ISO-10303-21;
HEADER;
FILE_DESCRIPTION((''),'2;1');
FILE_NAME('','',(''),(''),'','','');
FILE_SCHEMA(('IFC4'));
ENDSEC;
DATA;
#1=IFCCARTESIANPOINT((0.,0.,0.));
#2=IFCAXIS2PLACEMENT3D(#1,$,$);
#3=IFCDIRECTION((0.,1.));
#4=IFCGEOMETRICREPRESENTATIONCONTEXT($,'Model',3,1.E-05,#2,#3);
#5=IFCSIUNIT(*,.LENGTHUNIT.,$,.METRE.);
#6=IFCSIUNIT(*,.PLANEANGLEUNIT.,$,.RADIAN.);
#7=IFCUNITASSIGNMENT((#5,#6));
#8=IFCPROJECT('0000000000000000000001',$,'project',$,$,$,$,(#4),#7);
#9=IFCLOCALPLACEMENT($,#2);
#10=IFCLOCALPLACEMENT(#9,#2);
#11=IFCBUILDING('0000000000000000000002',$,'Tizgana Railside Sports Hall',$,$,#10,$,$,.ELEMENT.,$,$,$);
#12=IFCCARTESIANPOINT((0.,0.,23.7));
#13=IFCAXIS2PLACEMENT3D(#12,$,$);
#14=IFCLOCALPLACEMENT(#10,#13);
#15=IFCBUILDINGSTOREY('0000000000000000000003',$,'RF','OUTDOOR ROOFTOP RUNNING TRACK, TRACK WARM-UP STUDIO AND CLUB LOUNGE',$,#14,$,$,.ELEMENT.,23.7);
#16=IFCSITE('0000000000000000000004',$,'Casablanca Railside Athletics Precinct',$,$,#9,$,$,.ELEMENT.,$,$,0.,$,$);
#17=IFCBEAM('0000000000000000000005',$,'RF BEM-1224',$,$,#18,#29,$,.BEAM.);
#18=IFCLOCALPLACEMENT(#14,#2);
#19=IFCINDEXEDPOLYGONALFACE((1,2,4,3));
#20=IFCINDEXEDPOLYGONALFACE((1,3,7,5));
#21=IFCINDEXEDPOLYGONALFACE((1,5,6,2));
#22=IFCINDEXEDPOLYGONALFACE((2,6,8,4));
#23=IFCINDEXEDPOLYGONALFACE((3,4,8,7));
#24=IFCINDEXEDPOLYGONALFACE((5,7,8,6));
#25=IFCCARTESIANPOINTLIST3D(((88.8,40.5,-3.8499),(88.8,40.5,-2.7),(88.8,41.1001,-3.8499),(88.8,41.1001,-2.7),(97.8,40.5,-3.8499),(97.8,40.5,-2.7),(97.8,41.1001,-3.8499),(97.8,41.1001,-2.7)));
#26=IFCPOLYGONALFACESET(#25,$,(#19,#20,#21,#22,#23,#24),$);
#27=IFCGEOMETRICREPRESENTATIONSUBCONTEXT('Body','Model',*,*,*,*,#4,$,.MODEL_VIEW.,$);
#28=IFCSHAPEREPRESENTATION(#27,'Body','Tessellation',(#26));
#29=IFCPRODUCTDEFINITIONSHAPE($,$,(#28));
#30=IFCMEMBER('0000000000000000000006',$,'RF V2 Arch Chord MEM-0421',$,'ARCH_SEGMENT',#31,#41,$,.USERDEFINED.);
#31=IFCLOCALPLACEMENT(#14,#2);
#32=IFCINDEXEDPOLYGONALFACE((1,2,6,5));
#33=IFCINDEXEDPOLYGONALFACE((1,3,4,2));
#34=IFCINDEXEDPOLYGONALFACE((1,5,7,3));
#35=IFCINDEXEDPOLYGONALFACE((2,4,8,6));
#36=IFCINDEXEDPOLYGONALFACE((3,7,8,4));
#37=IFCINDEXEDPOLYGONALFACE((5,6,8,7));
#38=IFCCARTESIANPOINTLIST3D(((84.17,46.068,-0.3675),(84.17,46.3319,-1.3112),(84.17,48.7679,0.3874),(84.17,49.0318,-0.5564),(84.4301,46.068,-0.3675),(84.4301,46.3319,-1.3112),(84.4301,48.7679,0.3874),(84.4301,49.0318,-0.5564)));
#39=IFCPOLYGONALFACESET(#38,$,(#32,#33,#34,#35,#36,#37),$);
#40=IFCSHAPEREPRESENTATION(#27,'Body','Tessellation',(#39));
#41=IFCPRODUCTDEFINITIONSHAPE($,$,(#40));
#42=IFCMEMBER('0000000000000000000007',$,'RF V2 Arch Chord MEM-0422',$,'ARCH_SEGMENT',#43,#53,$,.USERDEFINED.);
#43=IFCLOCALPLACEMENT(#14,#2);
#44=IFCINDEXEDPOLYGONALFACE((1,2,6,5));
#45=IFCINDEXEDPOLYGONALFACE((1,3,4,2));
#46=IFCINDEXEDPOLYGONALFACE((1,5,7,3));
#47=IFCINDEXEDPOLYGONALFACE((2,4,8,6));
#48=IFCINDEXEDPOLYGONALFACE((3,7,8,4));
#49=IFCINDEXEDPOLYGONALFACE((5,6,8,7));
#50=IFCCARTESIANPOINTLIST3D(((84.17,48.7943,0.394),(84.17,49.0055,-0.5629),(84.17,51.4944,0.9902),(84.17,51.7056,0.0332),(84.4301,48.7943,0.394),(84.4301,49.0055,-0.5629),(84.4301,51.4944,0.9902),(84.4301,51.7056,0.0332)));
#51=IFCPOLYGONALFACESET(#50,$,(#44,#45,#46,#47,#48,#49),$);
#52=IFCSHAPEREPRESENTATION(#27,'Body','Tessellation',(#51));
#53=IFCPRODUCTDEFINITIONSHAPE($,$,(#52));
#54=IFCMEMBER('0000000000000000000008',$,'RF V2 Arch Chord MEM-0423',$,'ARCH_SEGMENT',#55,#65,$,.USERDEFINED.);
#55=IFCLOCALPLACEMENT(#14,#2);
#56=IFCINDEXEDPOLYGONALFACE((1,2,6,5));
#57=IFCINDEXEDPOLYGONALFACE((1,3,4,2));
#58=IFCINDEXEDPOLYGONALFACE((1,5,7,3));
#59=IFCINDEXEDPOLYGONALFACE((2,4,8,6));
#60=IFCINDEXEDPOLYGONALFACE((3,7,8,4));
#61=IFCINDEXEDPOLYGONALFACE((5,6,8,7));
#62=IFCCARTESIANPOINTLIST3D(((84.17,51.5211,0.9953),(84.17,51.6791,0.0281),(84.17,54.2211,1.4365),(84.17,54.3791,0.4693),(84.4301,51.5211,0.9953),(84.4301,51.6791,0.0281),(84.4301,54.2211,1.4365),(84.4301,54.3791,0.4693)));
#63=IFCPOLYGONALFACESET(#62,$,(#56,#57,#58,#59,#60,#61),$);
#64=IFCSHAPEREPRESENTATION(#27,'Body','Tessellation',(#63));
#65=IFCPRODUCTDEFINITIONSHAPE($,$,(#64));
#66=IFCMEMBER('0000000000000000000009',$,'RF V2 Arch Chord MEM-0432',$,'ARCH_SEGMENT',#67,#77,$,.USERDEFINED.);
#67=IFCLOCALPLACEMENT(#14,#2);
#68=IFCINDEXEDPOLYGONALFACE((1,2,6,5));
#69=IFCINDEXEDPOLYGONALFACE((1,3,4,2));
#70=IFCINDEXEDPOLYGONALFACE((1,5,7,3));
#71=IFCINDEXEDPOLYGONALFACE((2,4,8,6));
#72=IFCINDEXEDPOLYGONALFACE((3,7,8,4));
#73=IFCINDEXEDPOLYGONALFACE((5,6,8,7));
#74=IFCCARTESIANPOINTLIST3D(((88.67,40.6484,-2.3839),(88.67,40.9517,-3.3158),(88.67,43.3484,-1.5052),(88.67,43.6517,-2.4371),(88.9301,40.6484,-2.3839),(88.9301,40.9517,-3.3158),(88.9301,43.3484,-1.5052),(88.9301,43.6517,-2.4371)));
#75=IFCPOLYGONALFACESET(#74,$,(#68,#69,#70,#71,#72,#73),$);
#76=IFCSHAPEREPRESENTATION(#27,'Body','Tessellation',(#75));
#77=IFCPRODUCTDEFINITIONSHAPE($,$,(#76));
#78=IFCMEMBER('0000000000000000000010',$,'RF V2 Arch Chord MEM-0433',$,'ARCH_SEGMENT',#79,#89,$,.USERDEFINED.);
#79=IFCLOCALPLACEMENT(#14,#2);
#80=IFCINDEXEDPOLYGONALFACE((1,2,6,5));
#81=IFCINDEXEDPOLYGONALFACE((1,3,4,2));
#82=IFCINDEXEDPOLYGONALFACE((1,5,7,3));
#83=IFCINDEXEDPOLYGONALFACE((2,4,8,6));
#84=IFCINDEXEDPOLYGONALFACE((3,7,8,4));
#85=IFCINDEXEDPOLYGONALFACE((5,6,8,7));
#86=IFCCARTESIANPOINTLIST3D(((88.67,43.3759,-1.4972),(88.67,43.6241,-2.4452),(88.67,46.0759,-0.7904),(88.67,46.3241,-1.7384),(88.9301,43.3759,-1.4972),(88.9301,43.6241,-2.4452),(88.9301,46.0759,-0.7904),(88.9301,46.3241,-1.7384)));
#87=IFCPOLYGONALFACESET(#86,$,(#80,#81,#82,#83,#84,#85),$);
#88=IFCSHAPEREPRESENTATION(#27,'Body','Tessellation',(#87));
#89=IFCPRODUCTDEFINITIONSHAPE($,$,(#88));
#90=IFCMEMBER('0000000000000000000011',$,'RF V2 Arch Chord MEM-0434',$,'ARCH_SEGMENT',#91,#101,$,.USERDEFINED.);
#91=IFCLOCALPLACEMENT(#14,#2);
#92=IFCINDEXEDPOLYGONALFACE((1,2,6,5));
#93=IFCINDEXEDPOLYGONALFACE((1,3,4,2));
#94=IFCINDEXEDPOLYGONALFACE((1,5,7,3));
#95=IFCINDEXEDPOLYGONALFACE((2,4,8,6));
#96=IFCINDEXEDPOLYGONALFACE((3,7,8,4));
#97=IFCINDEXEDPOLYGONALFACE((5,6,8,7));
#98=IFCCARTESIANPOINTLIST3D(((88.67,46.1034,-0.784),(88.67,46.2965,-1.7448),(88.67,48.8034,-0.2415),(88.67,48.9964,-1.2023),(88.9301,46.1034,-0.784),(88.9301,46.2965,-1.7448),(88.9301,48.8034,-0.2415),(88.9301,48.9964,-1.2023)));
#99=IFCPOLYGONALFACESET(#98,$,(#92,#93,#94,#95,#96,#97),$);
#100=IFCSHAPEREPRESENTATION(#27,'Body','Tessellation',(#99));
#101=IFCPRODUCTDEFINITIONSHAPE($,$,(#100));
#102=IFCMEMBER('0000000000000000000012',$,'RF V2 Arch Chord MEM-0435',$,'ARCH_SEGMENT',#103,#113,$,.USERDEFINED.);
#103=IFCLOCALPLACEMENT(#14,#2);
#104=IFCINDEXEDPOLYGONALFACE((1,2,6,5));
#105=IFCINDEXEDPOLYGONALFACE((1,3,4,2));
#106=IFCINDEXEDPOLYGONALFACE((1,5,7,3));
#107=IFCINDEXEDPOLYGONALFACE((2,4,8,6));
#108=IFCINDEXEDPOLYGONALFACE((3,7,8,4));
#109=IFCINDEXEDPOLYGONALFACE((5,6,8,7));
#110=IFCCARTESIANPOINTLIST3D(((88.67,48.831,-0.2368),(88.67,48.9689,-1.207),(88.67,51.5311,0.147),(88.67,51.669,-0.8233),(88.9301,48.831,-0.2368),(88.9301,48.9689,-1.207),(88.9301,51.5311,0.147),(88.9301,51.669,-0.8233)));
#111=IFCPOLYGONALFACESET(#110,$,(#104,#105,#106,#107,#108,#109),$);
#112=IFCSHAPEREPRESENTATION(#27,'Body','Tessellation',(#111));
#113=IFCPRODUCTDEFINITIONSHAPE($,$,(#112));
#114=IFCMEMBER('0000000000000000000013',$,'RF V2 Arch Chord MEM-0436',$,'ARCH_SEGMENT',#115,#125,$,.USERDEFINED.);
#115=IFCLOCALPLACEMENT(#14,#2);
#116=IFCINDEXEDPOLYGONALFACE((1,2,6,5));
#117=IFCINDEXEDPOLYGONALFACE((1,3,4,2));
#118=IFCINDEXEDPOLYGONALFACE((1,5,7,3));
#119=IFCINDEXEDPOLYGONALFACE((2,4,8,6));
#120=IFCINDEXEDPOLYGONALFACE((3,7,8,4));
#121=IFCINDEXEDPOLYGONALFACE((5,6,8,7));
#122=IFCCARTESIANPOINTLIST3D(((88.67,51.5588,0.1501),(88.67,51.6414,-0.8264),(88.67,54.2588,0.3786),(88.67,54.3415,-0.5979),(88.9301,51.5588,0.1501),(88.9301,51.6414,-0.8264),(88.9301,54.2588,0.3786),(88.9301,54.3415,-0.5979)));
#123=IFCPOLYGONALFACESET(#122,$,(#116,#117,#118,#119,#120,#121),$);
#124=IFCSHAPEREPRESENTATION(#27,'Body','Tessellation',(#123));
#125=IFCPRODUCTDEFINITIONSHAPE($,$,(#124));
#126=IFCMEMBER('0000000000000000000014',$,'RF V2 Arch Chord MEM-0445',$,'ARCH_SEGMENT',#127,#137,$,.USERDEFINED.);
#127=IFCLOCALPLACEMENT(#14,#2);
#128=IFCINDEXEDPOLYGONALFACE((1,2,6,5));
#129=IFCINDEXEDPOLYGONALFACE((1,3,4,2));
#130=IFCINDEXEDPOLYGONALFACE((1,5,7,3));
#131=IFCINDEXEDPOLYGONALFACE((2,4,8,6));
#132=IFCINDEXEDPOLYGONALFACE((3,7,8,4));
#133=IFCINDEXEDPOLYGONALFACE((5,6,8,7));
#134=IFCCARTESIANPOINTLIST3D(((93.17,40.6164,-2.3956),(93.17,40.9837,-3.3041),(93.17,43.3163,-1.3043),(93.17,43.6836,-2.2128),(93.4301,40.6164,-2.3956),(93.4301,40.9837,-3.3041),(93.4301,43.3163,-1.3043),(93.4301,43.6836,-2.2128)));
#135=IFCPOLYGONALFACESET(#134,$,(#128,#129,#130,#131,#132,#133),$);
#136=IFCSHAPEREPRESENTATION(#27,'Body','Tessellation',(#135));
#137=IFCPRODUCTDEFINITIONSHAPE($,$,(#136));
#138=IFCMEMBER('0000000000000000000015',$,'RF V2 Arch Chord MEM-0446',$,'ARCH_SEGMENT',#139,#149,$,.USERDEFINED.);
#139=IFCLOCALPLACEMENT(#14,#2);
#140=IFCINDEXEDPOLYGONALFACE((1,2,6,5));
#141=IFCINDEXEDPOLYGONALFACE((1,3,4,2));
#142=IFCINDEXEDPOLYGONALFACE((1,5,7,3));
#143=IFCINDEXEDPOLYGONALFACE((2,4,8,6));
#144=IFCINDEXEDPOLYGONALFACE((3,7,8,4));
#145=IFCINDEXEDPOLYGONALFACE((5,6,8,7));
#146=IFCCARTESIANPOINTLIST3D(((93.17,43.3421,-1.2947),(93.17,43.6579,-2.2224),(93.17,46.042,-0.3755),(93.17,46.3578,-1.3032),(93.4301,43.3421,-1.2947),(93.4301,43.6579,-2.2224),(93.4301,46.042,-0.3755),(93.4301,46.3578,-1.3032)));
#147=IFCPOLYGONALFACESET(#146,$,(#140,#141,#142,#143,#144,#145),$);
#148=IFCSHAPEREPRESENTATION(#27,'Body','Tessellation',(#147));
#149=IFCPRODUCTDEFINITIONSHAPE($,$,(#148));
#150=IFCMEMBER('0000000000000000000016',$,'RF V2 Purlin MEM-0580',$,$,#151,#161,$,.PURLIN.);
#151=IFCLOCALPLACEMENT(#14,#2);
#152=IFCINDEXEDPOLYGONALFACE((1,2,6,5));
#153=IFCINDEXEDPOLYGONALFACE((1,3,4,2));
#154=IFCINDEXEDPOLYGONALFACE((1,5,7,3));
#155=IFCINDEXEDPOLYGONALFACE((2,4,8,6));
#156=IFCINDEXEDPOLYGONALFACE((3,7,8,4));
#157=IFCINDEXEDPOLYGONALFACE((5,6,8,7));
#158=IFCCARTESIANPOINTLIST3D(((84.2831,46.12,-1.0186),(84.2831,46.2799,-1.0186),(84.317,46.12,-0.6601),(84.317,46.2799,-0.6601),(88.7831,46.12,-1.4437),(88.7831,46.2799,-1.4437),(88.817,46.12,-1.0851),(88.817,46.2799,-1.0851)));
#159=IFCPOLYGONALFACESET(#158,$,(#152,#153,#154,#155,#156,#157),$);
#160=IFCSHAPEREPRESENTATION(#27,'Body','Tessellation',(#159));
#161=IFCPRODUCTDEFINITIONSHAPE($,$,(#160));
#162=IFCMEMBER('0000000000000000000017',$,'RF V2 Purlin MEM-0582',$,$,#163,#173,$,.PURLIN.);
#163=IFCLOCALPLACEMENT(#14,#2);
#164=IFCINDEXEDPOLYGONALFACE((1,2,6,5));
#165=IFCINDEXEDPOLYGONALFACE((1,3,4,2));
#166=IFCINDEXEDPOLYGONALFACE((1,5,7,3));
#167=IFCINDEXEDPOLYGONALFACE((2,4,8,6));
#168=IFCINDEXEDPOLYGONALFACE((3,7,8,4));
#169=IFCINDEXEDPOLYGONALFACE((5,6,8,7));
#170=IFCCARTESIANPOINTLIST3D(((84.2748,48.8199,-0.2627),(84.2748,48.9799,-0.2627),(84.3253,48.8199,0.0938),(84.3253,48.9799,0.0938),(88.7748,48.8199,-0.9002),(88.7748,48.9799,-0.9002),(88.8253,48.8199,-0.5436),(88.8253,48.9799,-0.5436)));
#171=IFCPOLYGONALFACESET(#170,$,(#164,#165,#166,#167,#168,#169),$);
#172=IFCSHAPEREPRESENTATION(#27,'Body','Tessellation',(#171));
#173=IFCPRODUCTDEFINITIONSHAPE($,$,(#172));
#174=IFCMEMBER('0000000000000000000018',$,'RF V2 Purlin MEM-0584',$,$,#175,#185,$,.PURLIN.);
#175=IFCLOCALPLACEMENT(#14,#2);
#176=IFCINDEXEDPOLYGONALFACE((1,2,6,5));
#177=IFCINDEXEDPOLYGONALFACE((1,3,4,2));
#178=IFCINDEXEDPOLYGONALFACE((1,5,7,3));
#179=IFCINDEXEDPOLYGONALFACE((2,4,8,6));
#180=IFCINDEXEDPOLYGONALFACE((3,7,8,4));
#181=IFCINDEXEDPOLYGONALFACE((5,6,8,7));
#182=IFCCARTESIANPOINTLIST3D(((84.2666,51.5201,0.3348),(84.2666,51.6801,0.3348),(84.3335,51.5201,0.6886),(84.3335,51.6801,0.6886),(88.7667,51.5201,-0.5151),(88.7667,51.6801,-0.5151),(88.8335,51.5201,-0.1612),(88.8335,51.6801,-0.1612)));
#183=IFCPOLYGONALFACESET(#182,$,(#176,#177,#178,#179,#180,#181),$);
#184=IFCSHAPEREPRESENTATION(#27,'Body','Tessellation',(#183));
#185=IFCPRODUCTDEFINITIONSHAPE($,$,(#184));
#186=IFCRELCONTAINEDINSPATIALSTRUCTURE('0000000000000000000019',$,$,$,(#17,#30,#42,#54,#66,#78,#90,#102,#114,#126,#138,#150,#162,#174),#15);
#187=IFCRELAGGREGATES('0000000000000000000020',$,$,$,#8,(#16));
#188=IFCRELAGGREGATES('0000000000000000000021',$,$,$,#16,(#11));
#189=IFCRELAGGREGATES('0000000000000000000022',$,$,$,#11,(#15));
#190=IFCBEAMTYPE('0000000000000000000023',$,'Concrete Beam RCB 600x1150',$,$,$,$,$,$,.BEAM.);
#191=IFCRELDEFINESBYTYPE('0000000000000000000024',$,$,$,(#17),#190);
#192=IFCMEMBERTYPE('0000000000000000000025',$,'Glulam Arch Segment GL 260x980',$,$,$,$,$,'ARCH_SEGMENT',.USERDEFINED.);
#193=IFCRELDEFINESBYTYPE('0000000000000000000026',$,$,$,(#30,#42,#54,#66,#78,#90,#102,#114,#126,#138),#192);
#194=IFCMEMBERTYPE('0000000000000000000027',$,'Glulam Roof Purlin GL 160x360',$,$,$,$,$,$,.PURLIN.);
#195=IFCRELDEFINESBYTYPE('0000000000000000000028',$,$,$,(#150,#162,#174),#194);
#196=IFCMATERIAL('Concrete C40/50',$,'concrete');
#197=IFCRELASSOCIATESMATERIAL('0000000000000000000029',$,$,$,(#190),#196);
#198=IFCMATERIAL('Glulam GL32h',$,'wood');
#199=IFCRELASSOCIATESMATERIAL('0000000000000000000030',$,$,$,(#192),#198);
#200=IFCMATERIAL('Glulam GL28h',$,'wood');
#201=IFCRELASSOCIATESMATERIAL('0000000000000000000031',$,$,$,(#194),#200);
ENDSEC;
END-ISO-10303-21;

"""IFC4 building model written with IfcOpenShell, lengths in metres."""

from ifc_helpers import new_model, si_unit, direction, frame, origin, origin_2d, place, context, subcontext, project, spatial, rectangle, extrude, material, material_profile, profile_set, type_object, element, save


model = new_model("IFC4")

# Units and contexts
model_context = context("Model", 3, precision=1e-05, world=origin(), true_north=direction((0.0, 1.0)))
body_context = subcontext(model_context, "Body", "Model", "MODEL_VIEW")
ifc_project = project(units=[si_unit("LENGTHUNIT", "METRE"), si_unit("PLANEANGLEUNIT", "RADIAN")], contexts=[model_context])

# Site, building, storey
site_placement = place(None, origin())
site = spatial("IfcSite", under=ifc_project, at=site_placement, Name="Casablanca Railside Athletics Precinct", CompositionType="ELEMENT", RefElevation=0.0)
building_placement = place(site_placement, origin())
building = spatial("IfcBuilding", under=site, at=building_placement, Name="Tizgana Railside Sports Hall", CompositionType="ELEMENT")
storey_placement = place(building_placement, frame((0.0, 0.0, 23.7)))
storey = spatial("IfcBuildingStorey", under=building, at=storey_placement, Name="RF", Description="OUTDOOR ROOFTOP RUNNING TRACK, TRACK WARM-UP STUDIO AND CLUB LOUNGE", CompositionType="ELEMENT", Elevation=23.7)

# Beam
ifc_material_1 = material(Name="Concrete C40/50", Category="concrete")
ifc_material_profile_1 = material_profile(ifc_material_1, rectangle(XDim=0.6001, YDim=1.1499, at=origin_2d()), Name="RCB 600x1150")
ifc_profile_set_1 = profile_set([ifc_material_profile_1], Name="Concrete C40/50")
beam_type = type_object("IfcBeamType", Name="Concrete Beam RCB 600x1150", PredefinedType="BEAM", material=ifc_profile_set_1)
beam_placement = place(storey_placement, frame((88.8, 40.8, -3.2749), z_axis=(1.0, 0.0, 0.0), x_axis=(0.0, 1.0, 0.0)))
element("IfcBeam", 1, at=beam_placement, inside=storey, type_object=beam_type, Name="RF BEM-1224", PredefinedType="BEAM", context=body_context, shape_type="SweptSolid", body=[
    extrude(rectangle(XDim=0.6001, YDim=1.1499, at=origin_2d()), origin(), (0.0, 0.0, 1.0), 9.0),
])

# Members
ifc_material_2 = material(Name="Glulam GL32h", Category="wood")
ifc_material_profile_2 = material_profile(ifc_material_2, rectangle(XDim=0.26, YDim=0.98, at=origin_2d()), Name="GL 260x980")
ifc_profile_set_2 = profile_set([ifc_material_profile_2], Name="Glulam GL32h")
member_type_1 = type_object("IfcMemberType", Name="Glulam Arch Segment GL 260x980", ElementType="ARCH_SEGMENT", PredefinedType="USERDEFINED", material=ifc_profile_set_2)
member_1_placement = place(storey_placement, frame((84.3, 46.2, -0.8394), z_axis=(0.0, 0.963066, 0.269265), x_axis=(-1.0, 0.0, 0.0)))
element("IfcMember", 2, at=member_1_placement, inside=storey, type_object=member_type_1, Name="RF V2 Arch Chord MEM-0421", ObjectType="ARCH_SEGMENT", PredefinedType="USERDEFINED", context=body_context, shape_type="SweptSolid", body=[
    extrude(rectangle(XDim=0.26, YDim=0.98, at=origin_2d()), origin(), (0.0, 0.0, 1.0), 2.8035),
])
member_2_placement = place(storey_placement, frame((84.3, 48.8999, -0.0845), z_axis=(0.0, 0.976481, 0.215603), x_axis=(-1.0, 0.0, 0.0)))
element("IfcMember", 3, at=member_2_placement, inside=storey, type_object=member_type_1, Name="RF V2 Arch Chord MEM-0422", ObjectType="ARCH_SEGMENT", PredefinedType="USERDEFINED", context=body_context, shape_type="SweptSolid", body=[
    extrude(rectangle(XDim=0.26, YDim=0.98, at=origin_2d()), origin(), (0.0, 0.0, 1.0), 2.7651),
])
member_3_placement = place(storey_placement, frame((84.3, 51.6001, 0.5117), z_axis=(0.0, 0.986912, 0.161258), x_axis=(-1.0, 0.0, 0.0)))
element("IfcMember", 4, at=member_3_placement, inside=storey, type_object=member_type_1, Name="RF V2 Arch Chord MEM-0423", ObjectType="ARCH_SEGMENT", PredefinedType="USERDEFINED", context=body_context, shape_type="SweptSolid", body=[
    extrude(rectangle(XDim=0.26, YDim=0.98, at=origin_2d()), origin(), (0.0, 0.0, 1.0), 2.7358),
])
member_4_placement = place(storey_placement, frame((88.8, 40.8, -2.8499), z_axis=(0.0, 0.950912, 0.309461), x_axis=(-1.0, 0.0, 0.0)))
element("IfcMember", 5, at=member_4_placement, inside=storey, type_object=member_type_1, Name="RF V2 Arch Chord MEM-0432", ObjectType="ARCH_SEGMENT", PredefinedType="USERDEFINED", context=body_context, shape_type="SweptSolid", body=[
    extrude(rectangle(XDim=0.26, YDim=0.98, at=origin_2d()), origin(), (0.0, 0.0, 1.0), 2.8394),
])
member_5_placement = place(storey_placement, frame((88.8, 43.5, -1.9712), z_axis=(0.0, 0.967402, 0.253244), x_axis=(-1.0, 0.0, 0.0)))
element("IfcMember", 6, at=member_5_placement, inside=storey, type_object=member_type_1, Name="RF V2 Arch Chord MEM-0433", ObjectType="ARCH_SEGMENT", PredefinedType="USERDEFINED", context=body_context, shape_type="SweptSolid", body=[
    extrude(rectangle(XDim=0.26, YDim=0.98, at=origin_2d()), origin(), (0.0, 0.0, 1.0), 2.791),
])
member_6_placement = place(storey_placement, frame((88.8, 46.2, -1.2644), z_axis=(0.0, 0.980406, 0.196986), x_axis=(-1.0, 0.0, 0.0)))
element("IfcMember", 7, at=member_6_placement, inside=storey, type_object=member_type_1, Name="RF V2 Arch Chord MEM-0434", ObjectType="ARCH_SEGMENT", PredefinedType="USERDEFINED", context=body_context, shape_type="SweptSolid", body=[
    extrude(rectangle(XDim=0.26, YDim=0.98, at=origin_2d()), origin(), (0.0, 0.0, 1.0), 2.7539),
])
member_7_placement = place(storey_placement, frame((88.8, 48.8999, -0.7219), z_axis=(0.0, 0.99005, 0.14072), x_axis=(-1.0, 0.0, 0.0)))
element("IfcMember", 8, at=member_7_placement, inside=storey, type_object=member_type_1, Name="RF V2 Arch Chord MEM-0435", ObjectType="ARCH_SEGMENT", PredefinedType="USERDEFINED", context=body_context, shape_type="SweptSolid", body=[
    extrude(rectangle(XDim=0.26, YDim=0.98, at=origin_2d()), origin(), (0.0, 0.0, 1.0), 2.7273),
])
member_8_placement = place(storey_placement, frame((88.8, 51.6001, -0.3381), z_axis=(0.0, 0.996437, 0.084335), x_axis=(-1.0, 0.0, 0.0)))
element("IfcMember", 9, at=member_8_placement, inside=storey, type_object=member_type_1, Name="RF V2 Arch Chord MEM-0436", ObjectType="ARCH_SEGMENT", PredefinedType="USERDEFINED", context=body_context, shape_type="SweptSolid", body=[
    extrude(rectangle(XDim=0.26, YDim=0.98, at=origin_2d()), origin(), (0.0, 0.0, 1.0), 2.7097),
])
member_9_placement = place(storey_placement, frame((93.3, 40.8, -2.8499), z_axis=(0.0, 0.927129, 0.374742), x_axis=(-1.0, 0.0, 0.0)))
element("IfcMember", 10, at=member_9_placement, inside=storey, type_object=member_type_1, Name="RF V2 Arch Chord MEM-0445", ObjectType="ARCH_SEGMENT", PredefinedType="USERDEFINED", context=body_context, shape_type="SweptSolid", body=[
    extrude(rectangle(XDim=0.26, YDim=0.98, at=origin_2d()), origin(), (0.0, 0.0, 1.0), 2.9121),
])
member_10_placement = place(storey_placement, frame((93.3, 43.5, -1.7585), z_axis=(0.0, 0.946644, 0.322282), x_axis=(-1.0, 0.0, 0.0)))
element("IfcMember", 11, at=member_10_placement, inside=storey, type_object=member_type_1, Name="RF V2 Arch Chord MEM-0446", ObjectType="ARCH_SEGMENT", PredefinedType="USERDEFINED", context=body_context, shape_type="SweptSolid", body=[
    extrude(rectangle(XDim=0.26, YDim=0.98, at=origin_2d()), origin(), (0.0, 0.0, 1.0), 2.8521),
])
ifc_material_3 = material(Name="Glulam GL28h", Category="wood")
ifc_material_profile_3 = material_profile(ifc_material_3, rectangle(XDim=0.1599, YDim=0.3601, at=origin_2d()), Name="GL 160x360")
ifc_profile_set_3 = profile_set([ifc_material_profile_3], Name="Glulam GL28h")
member_type_2 = type_object("IfcMemberType", Name="Glulam Roof Purlin GL 160x360", PredefinedType="PURLIN", material=ifc_profile_set_3)
member_11_placement = place(storey_placement, frame((84.3, 46.2, -0.8394), z_axis=(0.995569, 0.0, -0.094037), x_axis=(0.0, 1.0, 0.0)))
element("IfcMember", 12, at=member_11_placement, inside=storey, type_object=member_type_2, Name="RF V2 Purlin MEM-0580", PredefinedType="PURLIN", context=body_context, shape_type="SweptSolid", body=[
    extrude(rectangle(XDim=0.1599, YDim=0.3601, at=origin_2d()), origin(), (0.0, 0.0, 1.0), 4.52),
])
member_12_placement = place(storey_placement, frame((84.3, 48.8999, -0.0845), z_axis=(0.990115, 0.0, -0.140256), x_axis=(0.0, 1.0, 0.0)))
element("IfcMember", 13, at=member_12_placement, inside=storey, type_object=member_type_2, Name="RF V2 Purlin MEM-0582", PredefinedType="PURLIN", context=body_context, shape_type="SweptSolid", body=[
    extrude(rectangle(XDim=0.1599, YDim=0.3601, at=origin_2d()), origin(), (0.0, 0.0, 1.0), 4.5449),
])
member_13_placement = place(storey_placement, frame((84.3, 51.6001, 0.5117), z_axis=(0.98263, 0.0, -0.185576), x_axis=(0.0, 1.0, 0.0)))
element("IfcMember", 14, at=member_13_placement, inside=storey, type_object=member_type_2, Name="RF V2 Purlin MEM-0584", PredefinedType="PURLIN", context=body_context, shape_type="SweptSolid", body=[
    extrude(rectangle(XDim=0.1599, YDim=0.3601, at=origin_2d()), origin(), (0.0, 0.0, 1.0), 4.5796),
])

save(model, "model.ifc")
